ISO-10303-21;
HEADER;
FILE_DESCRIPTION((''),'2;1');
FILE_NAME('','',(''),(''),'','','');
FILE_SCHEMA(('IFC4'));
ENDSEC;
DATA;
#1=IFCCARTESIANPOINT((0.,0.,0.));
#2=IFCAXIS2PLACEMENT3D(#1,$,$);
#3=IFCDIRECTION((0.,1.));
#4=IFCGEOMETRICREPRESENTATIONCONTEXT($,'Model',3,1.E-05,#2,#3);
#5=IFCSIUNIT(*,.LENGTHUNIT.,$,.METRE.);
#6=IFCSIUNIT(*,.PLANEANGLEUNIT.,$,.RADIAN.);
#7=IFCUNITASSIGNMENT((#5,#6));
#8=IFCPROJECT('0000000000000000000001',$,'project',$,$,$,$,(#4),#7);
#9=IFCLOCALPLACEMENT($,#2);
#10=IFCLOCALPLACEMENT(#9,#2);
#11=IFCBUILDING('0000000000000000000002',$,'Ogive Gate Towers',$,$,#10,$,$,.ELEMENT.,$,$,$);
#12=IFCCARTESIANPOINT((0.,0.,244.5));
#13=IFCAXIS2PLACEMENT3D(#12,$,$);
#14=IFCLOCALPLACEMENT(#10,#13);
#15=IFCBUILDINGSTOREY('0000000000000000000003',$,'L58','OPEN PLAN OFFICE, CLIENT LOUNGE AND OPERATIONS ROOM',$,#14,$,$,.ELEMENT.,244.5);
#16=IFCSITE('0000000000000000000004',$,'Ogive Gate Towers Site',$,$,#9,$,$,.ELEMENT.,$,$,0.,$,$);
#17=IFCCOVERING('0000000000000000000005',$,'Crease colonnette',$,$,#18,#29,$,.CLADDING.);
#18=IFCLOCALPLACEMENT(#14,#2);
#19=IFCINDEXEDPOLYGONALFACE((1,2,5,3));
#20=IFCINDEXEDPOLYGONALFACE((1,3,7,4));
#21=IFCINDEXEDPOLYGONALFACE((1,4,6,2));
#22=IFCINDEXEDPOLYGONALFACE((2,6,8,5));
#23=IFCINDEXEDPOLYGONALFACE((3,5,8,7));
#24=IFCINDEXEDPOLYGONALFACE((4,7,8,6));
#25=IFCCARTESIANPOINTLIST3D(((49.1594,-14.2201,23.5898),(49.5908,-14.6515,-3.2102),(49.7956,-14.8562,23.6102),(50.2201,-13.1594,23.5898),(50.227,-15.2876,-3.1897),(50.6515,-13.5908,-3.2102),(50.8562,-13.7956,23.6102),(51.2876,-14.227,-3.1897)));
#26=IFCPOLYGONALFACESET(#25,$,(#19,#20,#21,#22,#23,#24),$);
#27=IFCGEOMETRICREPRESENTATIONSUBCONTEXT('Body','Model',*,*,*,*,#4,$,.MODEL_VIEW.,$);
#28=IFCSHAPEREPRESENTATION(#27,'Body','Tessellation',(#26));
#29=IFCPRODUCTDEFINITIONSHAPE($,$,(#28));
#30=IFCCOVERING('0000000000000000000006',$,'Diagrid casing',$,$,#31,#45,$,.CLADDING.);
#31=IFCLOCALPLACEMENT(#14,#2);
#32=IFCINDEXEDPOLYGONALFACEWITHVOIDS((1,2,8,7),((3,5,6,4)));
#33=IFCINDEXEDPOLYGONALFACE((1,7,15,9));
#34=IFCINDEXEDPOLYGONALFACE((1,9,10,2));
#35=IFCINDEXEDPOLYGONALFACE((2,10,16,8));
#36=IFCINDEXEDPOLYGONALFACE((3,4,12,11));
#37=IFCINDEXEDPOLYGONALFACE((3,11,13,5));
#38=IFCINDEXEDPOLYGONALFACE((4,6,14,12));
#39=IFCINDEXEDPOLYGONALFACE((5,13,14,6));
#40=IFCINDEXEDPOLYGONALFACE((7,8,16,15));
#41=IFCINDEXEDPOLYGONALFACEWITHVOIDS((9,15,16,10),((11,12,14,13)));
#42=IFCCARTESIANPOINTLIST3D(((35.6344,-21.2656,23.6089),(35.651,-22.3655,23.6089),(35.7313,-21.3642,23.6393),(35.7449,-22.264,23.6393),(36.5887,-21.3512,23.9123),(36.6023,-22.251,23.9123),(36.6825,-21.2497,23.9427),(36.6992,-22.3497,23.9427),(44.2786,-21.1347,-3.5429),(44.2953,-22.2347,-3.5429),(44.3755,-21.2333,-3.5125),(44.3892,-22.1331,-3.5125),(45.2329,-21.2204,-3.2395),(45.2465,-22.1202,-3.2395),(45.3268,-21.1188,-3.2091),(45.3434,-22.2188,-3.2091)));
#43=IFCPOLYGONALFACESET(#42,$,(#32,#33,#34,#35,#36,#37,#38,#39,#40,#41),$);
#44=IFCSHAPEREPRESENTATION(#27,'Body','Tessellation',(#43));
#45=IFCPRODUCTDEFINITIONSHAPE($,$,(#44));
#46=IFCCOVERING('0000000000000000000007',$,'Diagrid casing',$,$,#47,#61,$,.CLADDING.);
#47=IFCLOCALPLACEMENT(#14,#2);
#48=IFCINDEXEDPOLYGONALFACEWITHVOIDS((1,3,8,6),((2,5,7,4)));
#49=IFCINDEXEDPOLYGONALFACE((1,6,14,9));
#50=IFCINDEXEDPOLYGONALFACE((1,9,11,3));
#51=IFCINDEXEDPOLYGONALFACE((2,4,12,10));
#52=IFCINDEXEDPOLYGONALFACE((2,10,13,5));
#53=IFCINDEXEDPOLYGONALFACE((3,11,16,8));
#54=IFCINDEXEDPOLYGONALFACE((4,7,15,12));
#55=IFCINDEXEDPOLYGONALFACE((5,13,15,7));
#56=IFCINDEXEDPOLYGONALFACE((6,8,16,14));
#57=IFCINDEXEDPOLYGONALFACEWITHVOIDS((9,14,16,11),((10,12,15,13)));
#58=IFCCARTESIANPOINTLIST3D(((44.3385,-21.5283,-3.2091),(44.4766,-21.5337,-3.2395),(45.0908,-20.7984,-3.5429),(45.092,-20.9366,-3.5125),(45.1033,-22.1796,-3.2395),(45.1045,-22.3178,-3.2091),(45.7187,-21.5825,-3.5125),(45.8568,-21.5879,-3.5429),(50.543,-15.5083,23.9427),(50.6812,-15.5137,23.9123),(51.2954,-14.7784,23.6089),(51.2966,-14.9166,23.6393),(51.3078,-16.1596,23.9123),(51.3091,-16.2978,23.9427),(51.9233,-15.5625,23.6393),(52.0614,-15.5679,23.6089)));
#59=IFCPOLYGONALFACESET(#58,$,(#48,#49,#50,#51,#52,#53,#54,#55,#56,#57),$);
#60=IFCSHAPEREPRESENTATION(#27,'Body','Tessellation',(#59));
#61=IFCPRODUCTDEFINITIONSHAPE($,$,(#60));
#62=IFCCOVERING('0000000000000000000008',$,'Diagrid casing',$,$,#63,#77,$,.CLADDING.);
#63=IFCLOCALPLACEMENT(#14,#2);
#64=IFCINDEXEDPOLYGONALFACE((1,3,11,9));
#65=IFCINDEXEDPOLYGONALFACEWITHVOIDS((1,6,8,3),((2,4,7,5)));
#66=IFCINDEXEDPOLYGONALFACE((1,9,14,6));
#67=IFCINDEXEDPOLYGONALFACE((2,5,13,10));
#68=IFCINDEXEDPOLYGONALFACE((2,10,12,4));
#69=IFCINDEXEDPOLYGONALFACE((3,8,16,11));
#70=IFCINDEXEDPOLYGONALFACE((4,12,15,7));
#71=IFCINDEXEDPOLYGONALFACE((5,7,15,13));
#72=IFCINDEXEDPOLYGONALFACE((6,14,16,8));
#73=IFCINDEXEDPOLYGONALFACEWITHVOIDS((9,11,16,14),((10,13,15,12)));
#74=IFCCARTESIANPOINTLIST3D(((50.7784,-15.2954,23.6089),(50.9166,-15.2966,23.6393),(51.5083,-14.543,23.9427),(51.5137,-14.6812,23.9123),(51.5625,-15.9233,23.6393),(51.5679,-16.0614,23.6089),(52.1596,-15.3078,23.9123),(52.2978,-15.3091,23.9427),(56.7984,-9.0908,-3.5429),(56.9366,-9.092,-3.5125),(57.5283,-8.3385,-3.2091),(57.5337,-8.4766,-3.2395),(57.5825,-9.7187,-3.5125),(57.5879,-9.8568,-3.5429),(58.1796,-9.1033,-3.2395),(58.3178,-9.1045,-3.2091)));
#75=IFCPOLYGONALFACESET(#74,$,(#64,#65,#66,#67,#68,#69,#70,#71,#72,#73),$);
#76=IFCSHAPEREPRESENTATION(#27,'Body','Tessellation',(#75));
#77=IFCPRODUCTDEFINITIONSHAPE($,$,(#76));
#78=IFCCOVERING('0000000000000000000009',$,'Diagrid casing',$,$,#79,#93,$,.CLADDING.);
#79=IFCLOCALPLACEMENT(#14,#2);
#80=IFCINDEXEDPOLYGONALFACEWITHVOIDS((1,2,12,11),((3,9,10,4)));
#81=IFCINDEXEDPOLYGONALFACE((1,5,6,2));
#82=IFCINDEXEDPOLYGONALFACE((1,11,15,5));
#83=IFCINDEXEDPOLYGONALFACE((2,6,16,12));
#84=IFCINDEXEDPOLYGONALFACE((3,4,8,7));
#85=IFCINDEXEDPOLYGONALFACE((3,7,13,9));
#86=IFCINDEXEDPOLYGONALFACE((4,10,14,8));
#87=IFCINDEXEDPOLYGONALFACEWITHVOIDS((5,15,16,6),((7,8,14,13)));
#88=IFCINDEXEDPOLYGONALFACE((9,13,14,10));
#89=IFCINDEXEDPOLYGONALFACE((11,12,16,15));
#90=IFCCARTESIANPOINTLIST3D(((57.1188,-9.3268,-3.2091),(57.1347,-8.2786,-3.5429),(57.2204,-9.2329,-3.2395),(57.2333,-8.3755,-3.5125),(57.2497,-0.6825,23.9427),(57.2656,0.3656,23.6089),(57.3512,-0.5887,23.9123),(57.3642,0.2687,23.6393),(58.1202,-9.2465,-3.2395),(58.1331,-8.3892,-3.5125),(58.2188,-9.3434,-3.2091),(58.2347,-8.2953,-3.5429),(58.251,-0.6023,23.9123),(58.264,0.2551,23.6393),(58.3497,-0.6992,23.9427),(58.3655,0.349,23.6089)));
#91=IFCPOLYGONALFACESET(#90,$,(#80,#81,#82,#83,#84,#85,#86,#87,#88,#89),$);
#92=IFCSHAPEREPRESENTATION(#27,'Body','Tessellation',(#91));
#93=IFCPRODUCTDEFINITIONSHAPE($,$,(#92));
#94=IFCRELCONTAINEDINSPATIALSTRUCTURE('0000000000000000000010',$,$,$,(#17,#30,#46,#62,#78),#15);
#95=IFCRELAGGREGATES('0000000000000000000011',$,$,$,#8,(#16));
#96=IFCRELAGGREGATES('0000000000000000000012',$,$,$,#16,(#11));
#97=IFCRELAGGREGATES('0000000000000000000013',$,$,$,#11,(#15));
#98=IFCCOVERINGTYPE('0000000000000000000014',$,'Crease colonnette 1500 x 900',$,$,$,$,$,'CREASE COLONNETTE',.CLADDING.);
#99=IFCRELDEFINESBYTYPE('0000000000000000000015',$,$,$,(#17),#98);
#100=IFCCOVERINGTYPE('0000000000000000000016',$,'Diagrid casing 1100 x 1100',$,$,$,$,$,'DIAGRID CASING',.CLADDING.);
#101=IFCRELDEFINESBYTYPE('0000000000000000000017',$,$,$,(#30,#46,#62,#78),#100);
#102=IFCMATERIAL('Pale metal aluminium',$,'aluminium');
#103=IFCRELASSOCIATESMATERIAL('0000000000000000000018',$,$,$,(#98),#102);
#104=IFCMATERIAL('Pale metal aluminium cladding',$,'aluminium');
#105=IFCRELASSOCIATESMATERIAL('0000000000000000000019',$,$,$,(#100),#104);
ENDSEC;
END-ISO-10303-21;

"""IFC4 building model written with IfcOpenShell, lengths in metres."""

from ifc_helpers import new_model, si_unit, direction, frame, origin, origin_2d, place, context, subcontext, project, spatial, rectangle, hollow_rectangle, extrude, material, material_profile, profile_set, type_object, element, save


model = new_model("IFC4")

# Units and contexts
model_context = context("Model", 3, precision=1e-05, world=origin(), true_north=direction((0.0, 1.0)))
body_context = subcontext(model_context, "Body", "Model", "MODEL_VIEW")
ifc_project = project(units=[si_unit("LENGTHUNIT", "METRE"), si_unit("PLANEANGLEUNIT", "RADIAN")], contexts=[model_context])

# Site, building, storey
site_placement = place(None, origin())
site = spatial("IfcSite", under=ifc_project, at=site_placement, Name="Ogive Gate Towers Site", CompositionType="ELEMENT", RefElevation=0.0)
building_placement = place(site_placement, origin())
building = spatial("IfcBuilding", under=site, at=building_placement, Name="Ogive Gate Towers", CompositionType="ELEMENT")
storey_placement = place(building_placement, frame((0.0, 0.0, 244.5)))
storey = spatial("IfcBuildingStorey", under=building, at=storey_placement, Name="L58", Description="OPEN PLAN OFFICE, CLIENT LOUNGE AND OPERATIONS ROOM", CompositionType="ELEMENT", Elevation=244.5)

# Coverings
ifc_material_1 = material(Name="Pale metal aluminium", Category="aluminium")
ifc_material_profile_1 = material_profile(ifc_material_1, rectangle(XDim=1.5, YDim=0.8999, at=origin_2d()), Name="1500 x 900 pale metal aluminium")
ifc_profile_set_1 = profile_set([ifc_material_profile_1], Name="Pale metal aluminium")
covering_type_1 = type_object("IfcCoveringType", Name="Crease colonnette 1500 x 900", ElementType="CREASE COLONNETTE", PredefinedType="CLADDING", material=ifc_profile_set_1)
covering_placement = place(storey_placement, frame((50.4392, -14.4392, -3.2), z_axis=(-0.016093, 0.016093, 0.999741), x_axis=(-0.707107, -0.707107, 0.0)))
element("IfcCovering", 1, at=covering_placement, inside=storey, type_object=covering_type_1, Name="Crease colonnette", PredefinedType="CLADDING", context=body_context, shape_type="SweptSolid", body=[
    extrude(rectangle(XDim=1.5, YDim=0.8999, at=origin_2d()), origin(), (0.0, 0.0, 1.0), 26.8069),
])
ifc_material_2 = material(Name="Pale metal aluminium cladding", Category="aluminium")
ifc_material_profile_2 = material_profile(ifc_material_2, hollow_rectangle(XDim=1.1001, YDim=1.1001, WallThickness=0.1001, at=origin_2d()), Name="1100 x 1100 pale metal casing")
ifc_profile_set_2 = profile_set([ifc_material_profile_2], Name="Pale metal aluminium cladding")
covering_type_2 = type_object("IfcCoveringType", Name="Diagrid casing 1100 x 1100", ElementType="DIAGRID CASING", PredefinedType="CLADDING", material=ifc_profile_set_2)
for number, where, z_axis, x_axis, name in (
    (2, (44.811, -21.6768, -3.376), (-0.303362, -0.004592, 0.952864), (0.015137, -0.999885, 0.0), "Diagrid casing"),
    (3, (45.0977, -21.5581, -3.376), (0.217744, 0.211266, 0.952866), (-0.696351, 0.717701, 0.0), "Diagrid casing"),
    (4, (57.5581, -9.0977, -3.376), (-0.211266, -0.217744, 0.952866), (0.717701, -0.696351, 0.0), "Diagrid casing"),
    (5, (57.6768, -8.811, -3.376), (0.004592, 0.303362, 0.952864), (-0.999885, 0.015137, 0.0), "Diagrid casing"),
):
    element("IfcCovering", number, at=place(storey_placement, frame(where, z_axis=z_axis, x_axis=x_axis)), inside=storey, type_object=covering_type_2, Name=name, PredefinedType="CLADDING", context=body_context, shape_type="SweptSolid", body=[
        extrude(hollow_rectangle(XDim=1.1001, YDim=1.1001, WallThickness=0.1001, at=origin_2d()), origin(), (0.0, 0.0, 1.0), 28.4949),
    ])

save(model, "model.ifc")
